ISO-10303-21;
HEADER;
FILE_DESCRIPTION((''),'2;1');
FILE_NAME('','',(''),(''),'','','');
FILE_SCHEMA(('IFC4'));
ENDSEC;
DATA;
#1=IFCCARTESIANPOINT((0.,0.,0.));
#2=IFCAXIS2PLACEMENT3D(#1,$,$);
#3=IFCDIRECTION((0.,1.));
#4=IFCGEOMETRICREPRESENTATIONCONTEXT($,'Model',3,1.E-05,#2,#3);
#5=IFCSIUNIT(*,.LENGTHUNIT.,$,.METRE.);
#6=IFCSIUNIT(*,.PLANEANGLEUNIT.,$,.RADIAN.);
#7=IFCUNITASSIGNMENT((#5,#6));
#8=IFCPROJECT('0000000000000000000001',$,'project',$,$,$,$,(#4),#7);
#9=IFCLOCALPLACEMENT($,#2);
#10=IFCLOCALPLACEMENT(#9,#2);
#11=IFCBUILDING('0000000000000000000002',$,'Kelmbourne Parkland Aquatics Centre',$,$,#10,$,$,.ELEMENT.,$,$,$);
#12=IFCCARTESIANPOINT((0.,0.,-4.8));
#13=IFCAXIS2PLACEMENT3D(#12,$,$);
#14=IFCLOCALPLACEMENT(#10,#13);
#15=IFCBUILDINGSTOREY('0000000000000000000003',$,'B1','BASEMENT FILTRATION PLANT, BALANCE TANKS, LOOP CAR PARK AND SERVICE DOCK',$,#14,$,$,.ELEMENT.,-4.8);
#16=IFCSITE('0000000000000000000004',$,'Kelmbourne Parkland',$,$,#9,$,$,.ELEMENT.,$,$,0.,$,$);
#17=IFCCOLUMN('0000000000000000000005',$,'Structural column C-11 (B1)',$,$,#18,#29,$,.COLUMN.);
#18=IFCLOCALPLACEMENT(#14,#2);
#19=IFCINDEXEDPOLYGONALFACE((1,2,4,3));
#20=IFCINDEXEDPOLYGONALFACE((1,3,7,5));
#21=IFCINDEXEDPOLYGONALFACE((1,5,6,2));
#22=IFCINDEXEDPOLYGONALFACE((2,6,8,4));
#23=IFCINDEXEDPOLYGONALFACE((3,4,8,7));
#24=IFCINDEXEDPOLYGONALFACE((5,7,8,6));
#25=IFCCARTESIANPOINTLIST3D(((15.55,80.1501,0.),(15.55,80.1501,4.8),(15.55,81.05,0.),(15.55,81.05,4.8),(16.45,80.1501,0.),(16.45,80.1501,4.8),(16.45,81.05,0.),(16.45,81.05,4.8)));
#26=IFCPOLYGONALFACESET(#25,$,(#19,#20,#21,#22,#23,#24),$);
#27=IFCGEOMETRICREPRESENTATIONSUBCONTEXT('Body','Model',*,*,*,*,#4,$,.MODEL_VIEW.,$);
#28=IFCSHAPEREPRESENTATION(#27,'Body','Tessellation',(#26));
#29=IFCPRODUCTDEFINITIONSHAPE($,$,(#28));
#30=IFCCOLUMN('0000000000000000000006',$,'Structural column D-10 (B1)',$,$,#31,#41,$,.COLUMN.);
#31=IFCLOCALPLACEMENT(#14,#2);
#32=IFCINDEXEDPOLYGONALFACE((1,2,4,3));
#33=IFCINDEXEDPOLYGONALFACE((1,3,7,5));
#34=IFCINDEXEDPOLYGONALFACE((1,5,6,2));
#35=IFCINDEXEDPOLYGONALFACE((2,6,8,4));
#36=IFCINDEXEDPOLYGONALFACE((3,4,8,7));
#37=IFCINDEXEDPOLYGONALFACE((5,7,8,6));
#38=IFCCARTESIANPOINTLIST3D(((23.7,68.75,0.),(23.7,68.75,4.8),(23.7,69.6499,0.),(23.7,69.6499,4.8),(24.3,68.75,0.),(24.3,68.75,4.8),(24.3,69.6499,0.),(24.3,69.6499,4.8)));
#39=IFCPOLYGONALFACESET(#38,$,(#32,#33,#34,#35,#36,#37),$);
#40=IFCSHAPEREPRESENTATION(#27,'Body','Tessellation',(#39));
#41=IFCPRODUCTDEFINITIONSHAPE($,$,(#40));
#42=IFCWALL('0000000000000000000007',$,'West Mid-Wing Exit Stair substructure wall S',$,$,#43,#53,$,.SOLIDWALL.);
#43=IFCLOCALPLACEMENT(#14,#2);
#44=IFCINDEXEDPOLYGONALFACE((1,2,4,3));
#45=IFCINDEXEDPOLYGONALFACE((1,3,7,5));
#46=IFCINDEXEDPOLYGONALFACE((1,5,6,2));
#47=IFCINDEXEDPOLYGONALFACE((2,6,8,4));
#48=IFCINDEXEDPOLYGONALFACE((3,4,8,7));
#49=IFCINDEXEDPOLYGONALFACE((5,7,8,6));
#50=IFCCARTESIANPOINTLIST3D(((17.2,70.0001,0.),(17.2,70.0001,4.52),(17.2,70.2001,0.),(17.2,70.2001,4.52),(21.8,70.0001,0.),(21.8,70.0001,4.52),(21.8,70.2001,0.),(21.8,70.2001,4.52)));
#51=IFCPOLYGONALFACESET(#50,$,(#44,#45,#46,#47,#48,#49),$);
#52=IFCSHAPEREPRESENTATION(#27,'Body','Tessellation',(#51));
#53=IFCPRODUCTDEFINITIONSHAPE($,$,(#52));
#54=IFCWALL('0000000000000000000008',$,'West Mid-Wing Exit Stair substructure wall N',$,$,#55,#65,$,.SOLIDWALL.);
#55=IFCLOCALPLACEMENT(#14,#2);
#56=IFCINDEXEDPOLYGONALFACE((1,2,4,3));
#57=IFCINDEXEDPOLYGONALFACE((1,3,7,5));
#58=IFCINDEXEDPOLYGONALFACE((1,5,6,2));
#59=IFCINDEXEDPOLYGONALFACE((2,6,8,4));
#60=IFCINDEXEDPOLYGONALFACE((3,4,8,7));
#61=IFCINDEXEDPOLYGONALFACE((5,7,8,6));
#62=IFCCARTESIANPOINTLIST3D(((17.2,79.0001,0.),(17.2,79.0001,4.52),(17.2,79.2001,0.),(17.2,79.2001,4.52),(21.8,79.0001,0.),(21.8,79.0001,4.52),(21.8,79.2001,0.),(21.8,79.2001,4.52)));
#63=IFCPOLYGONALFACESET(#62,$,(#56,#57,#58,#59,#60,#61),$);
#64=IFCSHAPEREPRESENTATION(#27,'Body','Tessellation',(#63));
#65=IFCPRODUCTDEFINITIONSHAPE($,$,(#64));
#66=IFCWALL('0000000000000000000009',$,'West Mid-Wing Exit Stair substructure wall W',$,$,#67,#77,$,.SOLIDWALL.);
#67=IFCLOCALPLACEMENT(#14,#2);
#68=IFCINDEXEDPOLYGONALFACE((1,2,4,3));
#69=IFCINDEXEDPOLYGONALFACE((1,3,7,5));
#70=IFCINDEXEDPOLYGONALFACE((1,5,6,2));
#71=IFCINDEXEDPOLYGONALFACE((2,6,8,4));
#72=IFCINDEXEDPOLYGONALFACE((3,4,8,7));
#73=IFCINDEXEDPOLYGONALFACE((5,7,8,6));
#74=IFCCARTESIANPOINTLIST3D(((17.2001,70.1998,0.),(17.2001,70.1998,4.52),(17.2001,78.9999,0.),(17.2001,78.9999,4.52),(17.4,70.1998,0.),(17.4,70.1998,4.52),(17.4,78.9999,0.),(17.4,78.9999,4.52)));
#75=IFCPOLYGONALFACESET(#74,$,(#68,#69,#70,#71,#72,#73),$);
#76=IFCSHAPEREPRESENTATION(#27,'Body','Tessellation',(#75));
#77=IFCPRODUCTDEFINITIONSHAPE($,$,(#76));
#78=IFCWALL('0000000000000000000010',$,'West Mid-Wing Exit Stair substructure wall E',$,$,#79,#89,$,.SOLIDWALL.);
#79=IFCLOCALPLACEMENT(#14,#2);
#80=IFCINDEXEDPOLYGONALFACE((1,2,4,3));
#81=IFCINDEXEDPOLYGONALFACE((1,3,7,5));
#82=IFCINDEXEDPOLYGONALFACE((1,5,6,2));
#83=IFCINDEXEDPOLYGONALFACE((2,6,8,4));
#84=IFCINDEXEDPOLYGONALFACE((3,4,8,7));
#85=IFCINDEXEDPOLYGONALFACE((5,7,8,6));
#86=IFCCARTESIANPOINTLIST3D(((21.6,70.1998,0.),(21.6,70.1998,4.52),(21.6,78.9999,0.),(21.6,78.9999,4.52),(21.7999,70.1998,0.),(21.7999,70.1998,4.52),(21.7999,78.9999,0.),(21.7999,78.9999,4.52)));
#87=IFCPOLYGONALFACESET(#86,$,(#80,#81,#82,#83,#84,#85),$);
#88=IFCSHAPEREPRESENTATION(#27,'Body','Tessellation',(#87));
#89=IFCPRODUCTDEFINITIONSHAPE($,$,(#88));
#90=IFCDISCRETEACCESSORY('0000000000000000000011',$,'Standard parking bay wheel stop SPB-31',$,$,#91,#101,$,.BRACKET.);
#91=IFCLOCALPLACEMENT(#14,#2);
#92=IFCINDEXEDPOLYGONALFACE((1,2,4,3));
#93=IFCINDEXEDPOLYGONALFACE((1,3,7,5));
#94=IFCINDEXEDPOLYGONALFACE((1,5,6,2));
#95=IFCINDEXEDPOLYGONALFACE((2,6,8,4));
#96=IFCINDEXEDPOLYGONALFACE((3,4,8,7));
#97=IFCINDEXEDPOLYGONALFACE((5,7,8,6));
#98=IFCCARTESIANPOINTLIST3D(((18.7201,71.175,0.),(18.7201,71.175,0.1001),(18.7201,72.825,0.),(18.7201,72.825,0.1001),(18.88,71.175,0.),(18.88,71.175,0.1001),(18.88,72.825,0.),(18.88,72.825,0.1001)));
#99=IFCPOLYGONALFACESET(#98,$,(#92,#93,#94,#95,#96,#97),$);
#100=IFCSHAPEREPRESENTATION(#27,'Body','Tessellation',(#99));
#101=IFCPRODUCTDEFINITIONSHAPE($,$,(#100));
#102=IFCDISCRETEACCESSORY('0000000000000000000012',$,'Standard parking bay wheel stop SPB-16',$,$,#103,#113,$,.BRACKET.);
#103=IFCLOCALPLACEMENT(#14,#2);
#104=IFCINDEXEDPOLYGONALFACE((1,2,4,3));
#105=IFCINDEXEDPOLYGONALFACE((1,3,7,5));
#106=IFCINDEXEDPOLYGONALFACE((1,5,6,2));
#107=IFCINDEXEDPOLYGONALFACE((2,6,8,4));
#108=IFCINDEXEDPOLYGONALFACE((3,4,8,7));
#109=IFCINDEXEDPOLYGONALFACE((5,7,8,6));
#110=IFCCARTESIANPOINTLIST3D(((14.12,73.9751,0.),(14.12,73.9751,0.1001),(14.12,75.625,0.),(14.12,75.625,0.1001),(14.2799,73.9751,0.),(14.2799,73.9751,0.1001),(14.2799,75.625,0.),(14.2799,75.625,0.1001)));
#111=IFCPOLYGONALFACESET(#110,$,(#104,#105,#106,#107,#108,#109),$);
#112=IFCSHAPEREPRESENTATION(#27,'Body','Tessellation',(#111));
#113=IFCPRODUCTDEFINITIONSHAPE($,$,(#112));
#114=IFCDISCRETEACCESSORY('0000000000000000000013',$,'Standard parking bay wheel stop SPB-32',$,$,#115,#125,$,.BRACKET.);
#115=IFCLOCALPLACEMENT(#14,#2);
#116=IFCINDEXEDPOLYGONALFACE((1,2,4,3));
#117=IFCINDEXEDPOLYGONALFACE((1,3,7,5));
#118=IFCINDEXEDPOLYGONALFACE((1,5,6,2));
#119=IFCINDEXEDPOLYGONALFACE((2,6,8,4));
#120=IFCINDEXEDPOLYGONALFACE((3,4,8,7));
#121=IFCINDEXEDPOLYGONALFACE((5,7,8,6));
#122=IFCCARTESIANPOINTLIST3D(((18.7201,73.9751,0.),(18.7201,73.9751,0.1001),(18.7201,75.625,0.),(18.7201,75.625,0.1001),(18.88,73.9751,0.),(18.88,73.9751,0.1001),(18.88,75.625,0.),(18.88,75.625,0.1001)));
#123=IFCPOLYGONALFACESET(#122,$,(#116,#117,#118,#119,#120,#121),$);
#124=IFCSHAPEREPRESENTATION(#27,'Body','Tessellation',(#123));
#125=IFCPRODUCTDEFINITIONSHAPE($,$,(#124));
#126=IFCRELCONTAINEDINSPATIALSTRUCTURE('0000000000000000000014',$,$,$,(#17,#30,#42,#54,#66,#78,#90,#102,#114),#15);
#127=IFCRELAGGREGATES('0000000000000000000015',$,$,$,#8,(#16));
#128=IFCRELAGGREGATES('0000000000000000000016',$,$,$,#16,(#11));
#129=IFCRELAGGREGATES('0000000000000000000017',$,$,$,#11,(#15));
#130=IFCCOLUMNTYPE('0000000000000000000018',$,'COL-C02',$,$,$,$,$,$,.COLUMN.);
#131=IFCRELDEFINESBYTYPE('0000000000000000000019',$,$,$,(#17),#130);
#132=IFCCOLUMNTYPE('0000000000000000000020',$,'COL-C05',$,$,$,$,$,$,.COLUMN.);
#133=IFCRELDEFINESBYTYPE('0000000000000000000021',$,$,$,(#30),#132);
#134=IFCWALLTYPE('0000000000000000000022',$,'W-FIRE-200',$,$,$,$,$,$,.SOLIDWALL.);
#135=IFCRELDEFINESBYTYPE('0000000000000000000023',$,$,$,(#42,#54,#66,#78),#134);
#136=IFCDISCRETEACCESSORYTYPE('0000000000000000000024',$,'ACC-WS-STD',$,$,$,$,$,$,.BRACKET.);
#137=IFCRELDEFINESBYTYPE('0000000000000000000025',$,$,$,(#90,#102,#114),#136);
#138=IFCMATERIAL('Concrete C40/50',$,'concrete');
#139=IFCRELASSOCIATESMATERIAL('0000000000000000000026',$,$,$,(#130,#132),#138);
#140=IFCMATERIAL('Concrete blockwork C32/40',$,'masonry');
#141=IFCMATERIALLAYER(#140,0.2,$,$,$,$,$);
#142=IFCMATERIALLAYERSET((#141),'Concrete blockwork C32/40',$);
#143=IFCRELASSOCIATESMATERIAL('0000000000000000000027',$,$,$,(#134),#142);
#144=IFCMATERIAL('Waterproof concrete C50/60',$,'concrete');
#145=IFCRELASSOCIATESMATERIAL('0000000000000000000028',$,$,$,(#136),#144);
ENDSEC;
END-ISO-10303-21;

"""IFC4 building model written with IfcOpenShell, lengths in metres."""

from ifc_helpers import new_model, si_unit, direction, frame, frame_2d, origin, origin_2d, place, context, subcontext, project, spatial, rectangle, extrude, material, layer, layer_set, material_profile, profile_set, type_object, element, save


model = new_model("IFC4")

# Units and contexts
model_context = context("Model", 3, precision=1e-05, world=origin(), true_north=direction((0.0, 1.0)))
body_context = subcontext(model_context, "Body", "Model", "MODEL_VIEW")
ifc_project = project(units=[si_unit("LENGTHUNIT", "METRE"), si_unit("PLANEANGLEUNIT", "RADIAN")], contexts=[model_context])

# Site, building, storey
site_placement = place(None, origin())
site = spatial("IfcSite", under=ifc_project, at=site_placement, Name="Kelmbourne Parkland", CompositionType="ELEMENT", RefElevation=0.0)
building_placement = place(site_placement, origin())
building = spatial("IfcBuilding", under=site, at=building_placement, Name="Kelmbourne Parkland Aquatics Centre", CompositionType="ELEMENT")
storey_placement = place(building_placement, frame((0.0, 0.0, -4.8)))
storey = spatial("IfcBuildingStorey", under=building, at=storey_placement, Name="B1", Description="BASEMENT FILTRATION PLANT, BALANCE TANKS, LOOP CAR PARK AND SERVICE DOCK", CompositionType="ELEMENT", Elevation=-4.8)

# Shared definitions
ifc_material_1 = material(Name="Waterproof concrete C50/60", Category="concrete")

# Columns
ifc_material_2 = material(Name="Concrete C40/50", Category="concrete")
ifc_material_profile_1 = material_profile(ifc_material_2, rectangle(XDim=0.8999, YDim=0.8999, at=origin_2d()), Name="RC 900x900")
ifc_profile_set_1 = profile_set([ifc_material_profile_1], Name="Concrete C40/50")
column_type_1 = type_object("IfcColumnType", Name="COL-C02", PredefinedType="COLUMN", material=ifc_profile_set_1)
column_1_placement = place(storey_placement, frame((16.0, 80.6001, 0.0), z_axis=(0.0, 0.0, 1.0), x_axis=(1.0, 0.0, 0.0)))
element("IfcColumn", 1, at=column_1_placement, inside=storey, type_object=column_type_1, Name="Structural column C-11 (B1)", PredefinedType="COLUMN", context=body_context, shape_type="SweptSolid", body=[
    extrude(rectangle(XDim=0.8999, YDim=0.8999, at=origin_2d()), origin(), (0.0, 0.0, 1.0), 4.8),
])
ifc_material_profile_2 = material_profile(ifc_material_2, rectangle(XDim=0.6001, YDim=0.8999, at=origin_2d()), Name="RC 600x900")
ifc_profile_set_2 = profile_set([ifc_material_profile_2], Name="Concrete C40/50")
column_type_2 = type_object("IfcColumnType", Name="COL-C05", PredefinedType="COLUMN", material=ifc_profile_set_2)
column_2_placement = place(storey_placement, frame((24.0, 69.2, 0.0), z_axis=(0.0, 0.0, 1.0), x_axis=(1.0, 0.0, 0.0)))
element("IfcColumn", 2, at=column_2_placement, inside=storey, type_object=column_type_2, Name="Structural column D-10 (B1)", PredefinedType="COLUMN", context=body_context, shape_type="SweptSolid", body=[
    extrude(rectangle(XDim=0.6001, YDim=0.8999, at=origin_2d()), origin(), (0.0, 0.0, 1.0), 4.8),
])

# Walls
ifc_material_3 = material(Name="Concrete blockwork C32/40", Category="masonry")
ifc_layer = layer(ifc_material_3, 0.2)
ifc_layer_set = layer_set([ifc_layer], Name="Concrete blockwork C32/40")
wall_type = type_object("IfcWallType", Name="W-FIRE-200", PredefinedType="SOLIDWALL", material=ifc_layer_set)
for number, where, z_axis, x_axis, name in (
    (3, (17.2, 70.1001, 0.0), (0.0, 0.0, 1.0), (1.0, 0.0, 0.0), "West Mid-Wing Exit Stair substructure wall S"),
    (4, (17.2, 79.1001, 0.0), (0.0, 0.0, 1.0), (1.0, 0.0, 0.0), "West Mid-Wing Exit Stair substructure wall N"),
):
    element("IfcWall", number, at=place(storey_placement, frame(where, z_axis=z_axis, x_axis=x_axis)), inside=storey, type_object=wall_type, Name=name, PredefinedType="SOLIDWALL", context=body_context, shape_type="SweptSolid", body=[
        extrude(rectangle(XDim=4.6001, YDim=0.2, at=frame_2d((2.3, 0.0))), origin(), (0.0, 0.0, 1.0), 4.52),
    ])
for number, where, z_axis, x_axis, name in (
    (5, (17.3, 70.2, 0.0), (0.0, 0.0, 1.0), (0.0, 1.0, 0.0), "West Mid-Wing Exit Stair substructure wall W"),
    (6, (21.7, 70.2, 0.0), (0.0, 0.0, 1.0), (0.0, 1.0, 0.0), "West Mid-Wing Exit Stair substructure wall E"),
):
    element("IfcWall", number, at=place(storey_placement, frame(where, z_axis=z_axis, x_axis=x_axis)), inside=storey, type_object=wall_type, Name=name, PredefinedType="SOLIDWALL", context=body_context, shape_type="SweptSolid", body=[
        extrude(rectangle(XDim=8.8, YDim=0.2, at=frame_2d((4.3999, 0.0))), origin(), (0.0, 0.0, 1.0), 4.52),
    ])

# Discrete accessories
discrete_accessory_type = type_object("IfcDiscreteAccessoryType", Name="ACC-WS-STD", PredefinedType="BRACKET", material=ifc_material_1)
for number, where, z_axis, x_axis, name in (
    (7, (18.8, 72.0, 0.0), (0.0, 0.0, 1.0), (1.0, 0.0, 0.0), "Standard parking bay wheel stop SPB-31"),
    (8, (14.2, 74.8, 0.0), (0.0, 0.0, 1.0), (1.0, 0.0, 0.0), "Standard parking bay wheel stop SPB-16"),
    (9, (18.8, 74.8, 0.0), (0.0, 0.0, 1.0), (1.0, 0.0, 0.0), "Standard parking bay wheel stop SPB-32"),
):
    element("IfcDiscreteAccessory", number, at=place(storey_placement, frame(where, z_axis=z_axis, x_axis=x_axis)), inside=storey, type_object=discrete_accessory_type, Name=name, PredefinedType="BRACKET", context=body_context, shape_type="SweptSolid", body=[
        extrude(rectangle(XDim=0.1599, YDim=1.6499, at=origin_2d()), origin(), (0.0, 0.0, 1.0), 0.1001),
    ])

save(model, "model.ifc")
